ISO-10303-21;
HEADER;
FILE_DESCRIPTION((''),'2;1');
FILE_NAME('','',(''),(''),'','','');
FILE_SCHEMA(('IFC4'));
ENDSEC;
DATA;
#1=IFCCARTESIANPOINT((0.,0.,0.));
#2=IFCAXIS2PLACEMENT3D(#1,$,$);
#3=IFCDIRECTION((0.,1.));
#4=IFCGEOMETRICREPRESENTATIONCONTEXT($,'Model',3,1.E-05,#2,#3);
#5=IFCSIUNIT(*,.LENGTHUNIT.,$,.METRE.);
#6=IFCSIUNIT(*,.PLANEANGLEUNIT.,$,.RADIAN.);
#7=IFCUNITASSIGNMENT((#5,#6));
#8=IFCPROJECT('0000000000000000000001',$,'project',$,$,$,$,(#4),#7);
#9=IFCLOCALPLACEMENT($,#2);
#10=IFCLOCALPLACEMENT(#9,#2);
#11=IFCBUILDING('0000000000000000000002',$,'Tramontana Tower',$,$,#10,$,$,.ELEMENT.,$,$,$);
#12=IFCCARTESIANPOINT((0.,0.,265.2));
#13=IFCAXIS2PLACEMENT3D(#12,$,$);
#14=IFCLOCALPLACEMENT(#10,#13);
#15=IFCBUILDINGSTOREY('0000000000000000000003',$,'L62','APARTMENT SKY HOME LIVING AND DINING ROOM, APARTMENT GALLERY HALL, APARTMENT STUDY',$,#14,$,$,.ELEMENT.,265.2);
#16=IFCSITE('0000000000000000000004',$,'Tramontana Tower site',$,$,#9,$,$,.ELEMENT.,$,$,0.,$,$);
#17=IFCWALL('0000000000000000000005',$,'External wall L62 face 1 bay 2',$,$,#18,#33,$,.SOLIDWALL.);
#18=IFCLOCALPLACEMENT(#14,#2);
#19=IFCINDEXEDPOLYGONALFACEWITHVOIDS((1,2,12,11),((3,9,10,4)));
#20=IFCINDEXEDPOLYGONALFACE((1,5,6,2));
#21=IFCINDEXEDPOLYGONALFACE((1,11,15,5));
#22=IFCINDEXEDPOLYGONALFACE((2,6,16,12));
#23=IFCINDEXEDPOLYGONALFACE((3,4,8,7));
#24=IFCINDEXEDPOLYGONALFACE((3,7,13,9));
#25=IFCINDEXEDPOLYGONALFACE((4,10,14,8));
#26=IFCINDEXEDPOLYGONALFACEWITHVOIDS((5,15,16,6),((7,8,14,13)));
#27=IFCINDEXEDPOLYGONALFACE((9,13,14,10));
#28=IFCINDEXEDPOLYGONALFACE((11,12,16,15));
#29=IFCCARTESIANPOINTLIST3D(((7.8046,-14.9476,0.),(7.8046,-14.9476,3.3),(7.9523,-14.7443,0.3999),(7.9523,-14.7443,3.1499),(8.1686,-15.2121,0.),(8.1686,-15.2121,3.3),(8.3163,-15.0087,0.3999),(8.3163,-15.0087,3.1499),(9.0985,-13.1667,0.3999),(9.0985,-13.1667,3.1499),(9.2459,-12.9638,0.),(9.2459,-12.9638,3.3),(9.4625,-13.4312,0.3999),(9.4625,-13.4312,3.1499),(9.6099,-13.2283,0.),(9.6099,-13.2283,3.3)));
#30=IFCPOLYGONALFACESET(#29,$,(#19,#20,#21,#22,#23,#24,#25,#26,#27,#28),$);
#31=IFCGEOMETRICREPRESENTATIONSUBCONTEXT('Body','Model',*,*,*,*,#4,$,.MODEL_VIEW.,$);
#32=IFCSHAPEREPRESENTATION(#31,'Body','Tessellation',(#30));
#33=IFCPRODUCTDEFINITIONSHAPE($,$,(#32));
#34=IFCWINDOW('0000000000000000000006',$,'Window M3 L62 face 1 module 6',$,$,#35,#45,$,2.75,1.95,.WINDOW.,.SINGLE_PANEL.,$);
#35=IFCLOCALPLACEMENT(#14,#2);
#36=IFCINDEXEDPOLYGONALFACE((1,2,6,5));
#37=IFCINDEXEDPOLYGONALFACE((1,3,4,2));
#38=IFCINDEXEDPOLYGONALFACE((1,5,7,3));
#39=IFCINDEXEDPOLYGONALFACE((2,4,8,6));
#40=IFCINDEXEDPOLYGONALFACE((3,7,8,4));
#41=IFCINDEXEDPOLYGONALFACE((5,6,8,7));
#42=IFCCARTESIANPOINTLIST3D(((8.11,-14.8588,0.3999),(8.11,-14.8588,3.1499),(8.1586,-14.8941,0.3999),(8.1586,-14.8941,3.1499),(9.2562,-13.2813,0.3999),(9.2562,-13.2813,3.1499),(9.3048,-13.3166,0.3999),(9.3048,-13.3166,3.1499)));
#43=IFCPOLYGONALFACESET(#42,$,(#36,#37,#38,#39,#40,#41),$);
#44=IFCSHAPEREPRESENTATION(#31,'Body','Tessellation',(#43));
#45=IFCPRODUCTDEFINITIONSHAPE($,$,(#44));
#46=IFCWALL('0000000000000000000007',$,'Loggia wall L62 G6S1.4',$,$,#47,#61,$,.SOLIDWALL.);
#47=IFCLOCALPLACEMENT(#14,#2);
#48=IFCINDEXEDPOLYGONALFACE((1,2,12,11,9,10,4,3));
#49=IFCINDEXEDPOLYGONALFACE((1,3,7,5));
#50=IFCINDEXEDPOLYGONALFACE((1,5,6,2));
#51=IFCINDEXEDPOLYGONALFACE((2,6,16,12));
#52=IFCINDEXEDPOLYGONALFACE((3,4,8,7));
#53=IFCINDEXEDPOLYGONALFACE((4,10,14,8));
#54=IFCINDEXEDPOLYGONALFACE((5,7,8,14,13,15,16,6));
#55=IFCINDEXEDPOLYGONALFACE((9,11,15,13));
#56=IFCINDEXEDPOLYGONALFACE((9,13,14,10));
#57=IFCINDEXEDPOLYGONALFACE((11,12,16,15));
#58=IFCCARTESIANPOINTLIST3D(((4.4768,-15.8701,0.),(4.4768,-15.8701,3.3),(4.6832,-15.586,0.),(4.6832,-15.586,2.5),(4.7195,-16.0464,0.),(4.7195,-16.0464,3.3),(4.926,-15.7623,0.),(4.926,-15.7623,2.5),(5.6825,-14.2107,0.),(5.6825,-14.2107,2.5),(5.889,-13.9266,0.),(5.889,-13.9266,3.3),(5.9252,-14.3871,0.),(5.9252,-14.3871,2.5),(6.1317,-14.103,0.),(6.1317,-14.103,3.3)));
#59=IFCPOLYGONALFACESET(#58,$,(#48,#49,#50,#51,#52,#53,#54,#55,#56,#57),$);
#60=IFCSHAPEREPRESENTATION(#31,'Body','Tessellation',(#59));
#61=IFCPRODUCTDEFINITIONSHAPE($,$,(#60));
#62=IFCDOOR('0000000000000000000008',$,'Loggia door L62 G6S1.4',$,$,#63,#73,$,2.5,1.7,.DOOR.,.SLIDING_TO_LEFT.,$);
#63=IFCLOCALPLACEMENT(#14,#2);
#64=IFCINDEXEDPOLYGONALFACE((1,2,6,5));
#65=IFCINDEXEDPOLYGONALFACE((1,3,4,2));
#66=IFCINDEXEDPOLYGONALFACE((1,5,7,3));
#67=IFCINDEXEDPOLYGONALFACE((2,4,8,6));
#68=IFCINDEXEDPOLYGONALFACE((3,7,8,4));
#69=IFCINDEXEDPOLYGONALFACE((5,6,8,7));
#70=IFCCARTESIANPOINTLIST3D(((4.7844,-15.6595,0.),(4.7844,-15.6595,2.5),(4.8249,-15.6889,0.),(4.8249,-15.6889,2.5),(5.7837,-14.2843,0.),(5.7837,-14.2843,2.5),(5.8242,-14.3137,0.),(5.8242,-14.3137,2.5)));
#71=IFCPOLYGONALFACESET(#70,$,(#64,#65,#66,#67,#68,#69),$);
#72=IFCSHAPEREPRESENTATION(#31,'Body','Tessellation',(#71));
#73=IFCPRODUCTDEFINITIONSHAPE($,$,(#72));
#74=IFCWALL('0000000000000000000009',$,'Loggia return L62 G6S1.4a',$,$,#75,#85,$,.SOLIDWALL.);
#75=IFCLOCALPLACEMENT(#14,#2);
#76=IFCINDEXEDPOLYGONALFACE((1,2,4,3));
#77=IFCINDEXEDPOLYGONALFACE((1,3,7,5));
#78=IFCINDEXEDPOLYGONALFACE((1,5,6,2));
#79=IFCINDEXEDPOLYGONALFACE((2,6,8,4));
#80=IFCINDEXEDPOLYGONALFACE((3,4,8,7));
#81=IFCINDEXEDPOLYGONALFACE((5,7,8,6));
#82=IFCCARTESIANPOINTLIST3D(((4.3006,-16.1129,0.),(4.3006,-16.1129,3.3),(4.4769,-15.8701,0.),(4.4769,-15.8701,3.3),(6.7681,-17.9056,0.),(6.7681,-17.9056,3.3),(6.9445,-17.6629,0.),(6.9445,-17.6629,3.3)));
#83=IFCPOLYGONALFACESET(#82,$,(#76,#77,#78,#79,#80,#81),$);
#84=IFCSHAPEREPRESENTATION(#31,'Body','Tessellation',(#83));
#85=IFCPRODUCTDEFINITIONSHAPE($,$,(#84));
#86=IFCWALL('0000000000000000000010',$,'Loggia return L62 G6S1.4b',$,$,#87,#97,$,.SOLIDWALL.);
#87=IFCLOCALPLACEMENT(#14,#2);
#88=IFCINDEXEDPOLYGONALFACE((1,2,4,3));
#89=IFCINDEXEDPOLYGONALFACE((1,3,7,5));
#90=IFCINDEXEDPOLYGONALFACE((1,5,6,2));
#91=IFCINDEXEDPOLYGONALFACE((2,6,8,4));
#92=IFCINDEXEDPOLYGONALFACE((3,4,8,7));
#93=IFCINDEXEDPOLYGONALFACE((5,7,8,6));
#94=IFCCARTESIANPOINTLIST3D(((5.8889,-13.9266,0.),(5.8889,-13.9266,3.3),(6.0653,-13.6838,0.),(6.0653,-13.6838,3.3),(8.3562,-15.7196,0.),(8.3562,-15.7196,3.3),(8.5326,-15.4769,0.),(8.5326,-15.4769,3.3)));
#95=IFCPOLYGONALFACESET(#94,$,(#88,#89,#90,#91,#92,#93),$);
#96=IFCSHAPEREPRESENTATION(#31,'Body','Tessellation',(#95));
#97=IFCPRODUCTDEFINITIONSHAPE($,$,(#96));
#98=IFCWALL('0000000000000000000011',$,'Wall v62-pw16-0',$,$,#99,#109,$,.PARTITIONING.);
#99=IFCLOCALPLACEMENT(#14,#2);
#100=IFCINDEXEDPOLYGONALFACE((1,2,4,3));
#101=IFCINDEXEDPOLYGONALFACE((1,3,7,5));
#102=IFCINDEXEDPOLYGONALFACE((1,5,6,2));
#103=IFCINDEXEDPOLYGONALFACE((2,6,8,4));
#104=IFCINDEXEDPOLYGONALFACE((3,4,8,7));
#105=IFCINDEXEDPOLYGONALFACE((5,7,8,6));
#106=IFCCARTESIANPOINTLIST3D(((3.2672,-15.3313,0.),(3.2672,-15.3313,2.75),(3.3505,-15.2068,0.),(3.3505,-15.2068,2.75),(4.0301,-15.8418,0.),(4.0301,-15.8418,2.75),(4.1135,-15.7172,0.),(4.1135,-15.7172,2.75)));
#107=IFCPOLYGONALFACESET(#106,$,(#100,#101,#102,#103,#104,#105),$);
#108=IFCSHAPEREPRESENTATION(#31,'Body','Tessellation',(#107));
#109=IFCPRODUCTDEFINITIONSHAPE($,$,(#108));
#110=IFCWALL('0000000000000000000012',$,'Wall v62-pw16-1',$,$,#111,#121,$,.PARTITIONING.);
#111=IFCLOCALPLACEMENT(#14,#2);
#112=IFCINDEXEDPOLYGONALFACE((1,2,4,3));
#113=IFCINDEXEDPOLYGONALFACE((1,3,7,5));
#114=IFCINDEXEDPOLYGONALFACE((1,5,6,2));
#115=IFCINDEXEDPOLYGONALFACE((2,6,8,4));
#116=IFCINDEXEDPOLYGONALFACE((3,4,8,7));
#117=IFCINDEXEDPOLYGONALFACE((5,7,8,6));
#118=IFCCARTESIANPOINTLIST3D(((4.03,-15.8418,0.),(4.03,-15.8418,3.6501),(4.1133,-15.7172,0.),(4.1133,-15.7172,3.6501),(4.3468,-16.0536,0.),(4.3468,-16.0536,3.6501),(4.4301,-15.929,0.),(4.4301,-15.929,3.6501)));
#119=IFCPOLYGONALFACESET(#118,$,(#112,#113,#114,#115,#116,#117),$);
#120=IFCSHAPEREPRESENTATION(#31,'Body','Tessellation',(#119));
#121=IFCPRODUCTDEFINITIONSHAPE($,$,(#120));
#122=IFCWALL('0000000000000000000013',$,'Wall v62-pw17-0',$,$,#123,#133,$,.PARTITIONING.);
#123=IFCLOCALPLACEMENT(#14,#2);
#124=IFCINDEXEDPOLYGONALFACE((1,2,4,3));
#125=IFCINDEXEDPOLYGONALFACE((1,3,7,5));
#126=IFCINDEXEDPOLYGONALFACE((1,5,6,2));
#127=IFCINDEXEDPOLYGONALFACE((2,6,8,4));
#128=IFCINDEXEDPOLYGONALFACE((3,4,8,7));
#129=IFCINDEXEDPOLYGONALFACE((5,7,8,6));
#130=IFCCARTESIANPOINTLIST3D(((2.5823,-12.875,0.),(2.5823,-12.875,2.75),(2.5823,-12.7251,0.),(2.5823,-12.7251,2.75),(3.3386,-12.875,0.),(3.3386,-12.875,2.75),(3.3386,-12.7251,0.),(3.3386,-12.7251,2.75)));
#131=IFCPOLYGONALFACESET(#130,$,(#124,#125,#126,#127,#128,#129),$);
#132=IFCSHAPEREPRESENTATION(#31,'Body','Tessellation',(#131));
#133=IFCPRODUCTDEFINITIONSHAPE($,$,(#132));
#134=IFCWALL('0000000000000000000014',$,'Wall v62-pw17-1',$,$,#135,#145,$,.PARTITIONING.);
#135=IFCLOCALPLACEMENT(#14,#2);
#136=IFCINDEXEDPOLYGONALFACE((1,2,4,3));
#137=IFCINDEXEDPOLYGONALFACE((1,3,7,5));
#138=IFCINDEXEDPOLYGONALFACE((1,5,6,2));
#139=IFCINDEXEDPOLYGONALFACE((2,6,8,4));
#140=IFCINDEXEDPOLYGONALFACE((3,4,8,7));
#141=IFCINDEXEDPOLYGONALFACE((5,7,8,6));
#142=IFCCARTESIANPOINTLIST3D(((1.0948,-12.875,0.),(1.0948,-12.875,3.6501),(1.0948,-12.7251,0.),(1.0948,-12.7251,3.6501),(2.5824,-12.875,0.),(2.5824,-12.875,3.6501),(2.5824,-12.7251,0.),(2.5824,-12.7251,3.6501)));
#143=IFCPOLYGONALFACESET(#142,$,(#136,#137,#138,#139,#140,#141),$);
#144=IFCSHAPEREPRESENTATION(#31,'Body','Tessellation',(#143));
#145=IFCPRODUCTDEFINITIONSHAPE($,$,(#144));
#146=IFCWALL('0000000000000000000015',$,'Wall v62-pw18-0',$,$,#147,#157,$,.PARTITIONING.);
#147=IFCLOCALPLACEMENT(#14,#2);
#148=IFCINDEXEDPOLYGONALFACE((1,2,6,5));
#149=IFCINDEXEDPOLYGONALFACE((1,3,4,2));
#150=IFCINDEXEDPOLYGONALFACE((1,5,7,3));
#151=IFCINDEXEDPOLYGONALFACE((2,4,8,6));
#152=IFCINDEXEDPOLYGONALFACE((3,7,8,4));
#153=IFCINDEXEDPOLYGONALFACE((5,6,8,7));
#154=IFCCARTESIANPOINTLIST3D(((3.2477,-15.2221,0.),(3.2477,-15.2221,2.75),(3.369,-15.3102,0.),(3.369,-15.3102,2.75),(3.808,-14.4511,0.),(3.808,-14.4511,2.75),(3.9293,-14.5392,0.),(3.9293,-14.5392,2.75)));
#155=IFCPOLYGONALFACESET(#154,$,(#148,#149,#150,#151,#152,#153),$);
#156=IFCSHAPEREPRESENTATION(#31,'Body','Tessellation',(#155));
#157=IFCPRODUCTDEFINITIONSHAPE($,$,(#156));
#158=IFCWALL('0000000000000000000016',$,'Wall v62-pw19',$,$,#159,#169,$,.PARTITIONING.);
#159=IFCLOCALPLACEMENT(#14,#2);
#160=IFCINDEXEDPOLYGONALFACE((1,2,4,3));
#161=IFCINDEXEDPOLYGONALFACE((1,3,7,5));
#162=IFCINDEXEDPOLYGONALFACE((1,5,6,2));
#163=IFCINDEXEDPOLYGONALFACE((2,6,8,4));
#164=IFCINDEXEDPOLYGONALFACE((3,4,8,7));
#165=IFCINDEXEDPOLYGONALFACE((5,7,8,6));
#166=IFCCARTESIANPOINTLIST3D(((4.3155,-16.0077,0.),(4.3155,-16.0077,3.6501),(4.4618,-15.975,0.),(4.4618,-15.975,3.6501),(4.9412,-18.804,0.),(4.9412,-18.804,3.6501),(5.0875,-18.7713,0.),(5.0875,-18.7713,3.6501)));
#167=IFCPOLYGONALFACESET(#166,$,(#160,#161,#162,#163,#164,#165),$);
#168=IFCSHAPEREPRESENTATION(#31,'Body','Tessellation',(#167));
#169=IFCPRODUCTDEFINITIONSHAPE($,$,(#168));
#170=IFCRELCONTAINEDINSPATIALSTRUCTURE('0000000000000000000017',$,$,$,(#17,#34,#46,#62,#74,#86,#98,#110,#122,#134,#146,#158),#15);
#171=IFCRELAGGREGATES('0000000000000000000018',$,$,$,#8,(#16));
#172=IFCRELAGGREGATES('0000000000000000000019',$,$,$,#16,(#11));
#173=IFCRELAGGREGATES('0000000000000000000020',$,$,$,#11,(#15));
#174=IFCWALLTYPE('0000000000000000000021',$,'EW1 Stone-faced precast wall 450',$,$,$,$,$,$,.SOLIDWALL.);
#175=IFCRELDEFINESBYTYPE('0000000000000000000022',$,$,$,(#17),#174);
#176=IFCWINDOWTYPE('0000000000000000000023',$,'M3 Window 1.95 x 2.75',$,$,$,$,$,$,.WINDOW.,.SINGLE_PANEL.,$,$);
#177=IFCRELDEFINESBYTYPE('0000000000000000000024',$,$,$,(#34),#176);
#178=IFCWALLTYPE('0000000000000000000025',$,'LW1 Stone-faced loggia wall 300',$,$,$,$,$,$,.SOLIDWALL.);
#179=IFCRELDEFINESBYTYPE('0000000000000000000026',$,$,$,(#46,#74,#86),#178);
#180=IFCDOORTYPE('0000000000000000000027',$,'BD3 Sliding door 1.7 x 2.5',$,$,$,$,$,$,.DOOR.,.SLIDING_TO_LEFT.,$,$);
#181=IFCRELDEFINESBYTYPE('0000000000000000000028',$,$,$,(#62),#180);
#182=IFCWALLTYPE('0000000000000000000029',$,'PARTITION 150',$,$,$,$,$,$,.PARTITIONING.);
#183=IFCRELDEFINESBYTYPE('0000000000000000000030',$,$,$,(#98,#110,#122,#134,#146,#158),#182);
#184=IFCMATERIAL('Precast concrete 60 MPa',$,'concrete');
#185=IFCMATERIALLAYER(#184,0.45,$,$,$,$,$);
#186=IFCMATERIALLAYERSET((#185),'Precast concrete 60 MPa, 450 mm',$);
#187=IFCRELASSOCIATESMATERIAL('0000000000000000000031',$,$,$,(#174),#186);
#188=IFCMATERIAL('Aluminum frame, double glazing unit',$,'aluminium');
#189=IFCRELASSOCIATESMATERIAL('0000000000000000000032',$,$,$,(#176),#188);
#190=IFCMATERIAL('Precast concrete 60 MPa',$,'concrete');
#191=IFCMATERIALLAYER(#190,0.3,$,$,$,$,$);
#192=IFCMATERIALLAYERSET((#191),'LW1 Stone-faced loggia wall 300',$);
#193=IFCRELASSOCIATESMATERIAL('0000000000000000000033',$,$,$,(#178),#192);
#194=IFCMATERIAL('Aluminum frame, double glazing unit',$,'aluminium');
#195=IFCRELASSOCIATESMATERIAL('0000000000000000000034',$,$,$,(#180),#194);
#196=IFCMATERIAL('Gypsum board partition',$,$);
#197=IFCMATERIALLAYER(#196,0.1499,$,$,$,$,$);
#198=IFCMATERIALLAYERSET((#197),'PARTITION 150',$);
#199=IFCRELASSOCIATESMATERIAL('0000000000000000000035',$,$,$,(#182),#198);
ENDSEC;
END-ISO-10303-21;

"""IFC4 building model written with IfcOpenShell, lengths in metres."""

from ifc_helpers import new_model, si_unit, direction, frame, frame_2d, origin, place, context, subcontext, project, spatial, rectangle, extrude, material, layer, layer_set, type_object, element, fill, save


model = new_model("IFC4")

# Units and contexts
model_context = context("Model", 3, precision=1e-05, world=origin(), true_north=direction((0.0, 1.0)))
body_context = subcontext(model_context, "Body", "Model", "MODEL_VIEW")
ifc_project = project(units=[si_unit("LENGTHUNIT", "METRE"), si_unit("PLANEANGLEUNIT", "RADIAN")], contexts=[model_context])

# Site, building, storey
site_placement = place(None, origin())
site = spatial("IfcSite", under=ifc_project, at=site_placement, Name="Tramontana Tower site", CompositionType="ELEMENT", RefElevation=0.0)
building_placement = place(site_placement, origin())
building = spatial("IfcBuilding", under=site, at=building_placement, Name="Tramontana Tower", CompositionType="ELEMENT")
storey_placement = place(building_placement, frame((0.0, 0.0, 265.2)))
storey = spatial("IfcBuildingStorey", under=building, at=storey_placement, Name="L62", Description="APARTMENT SKY HOME LIVING AND DINING ROOM, APARTMENT GALLERY HALL, APARTMENT STUDY", CompositionType="ELEMENT", Elevation=265.2)

# Shared definitions
ifc_material_1 = material(Name="Precast concrete 60 MPa", Category="concrete")
ifc_layer_1 = layer(ifc_material_1, 0.45)
ifc_layer_set_1 = layer_set([ifc_layer_1], Name="Precast concrete 60 MPa, 450 mm")
wall_type_1 = type_object("IfcWallType", Name="EW1 Stone-faced precast wall 450", PredefinedType="SOLIDWALL", material=ifc_layer_set_1)
ifc_material_2 = material(Name="Aluminum frame, double glazing unit", Category="aluminium")
window_type_1 = type_object("IfcWindowType", Name="M3 Window 1.95 x 2.75", PartitioningType="SINGLE_PANEL", PredefinedType="WINDOW", material=ifc_material_2)

# Wall, opening, window
wall_1_placement = place(storey_placement, frame((7.9866, -15.0798, 0.0), z_axis=(0.0, 0.0, 1.0), x_axis=(0.587793, 0.809012, 0.0)))
wall_1 = element("IfcWall", 1, at=wall_1_placement, inside=storey, type_object=wall_type_1, Name="External wall L62 face 1 bay 2", PredefinedType="SOLIDWALL", context=body_context, shape_type="SweptSolid", body=[
    extrude(rectangle(XDim=2.4521, YDim=0.45, at=frame_2d((1.2261, 0.0))), origin(), (0.0, 0.0, 1.0), 3.3),
])
opening_1_placement = place(wall_1_placement, frame((0.2512, 0.0, 0.3999)))
opening_1 = element("IfcOpeningElement", 2, at=opening_1_placement, cuts=wall_1, PredefinedType="OPENING", context=body_context, shape_type="SweptSolid", body=[
    extrude(rectangle(XDim=1.95, YDim=2.75, at=frame_2d((0.9751, 1.375))), frame((0.0, 0.2349, 0.0), z_axis=(0.0, -1.0, 0.0), x_axis=(1.0, 0.0, 0.0)), (0.0, 0.0, 1.0), 0.47),
])
window_1_placement = place(opening_1_placement, origin())
window_1 = element("IfcWindow", 3, at=window_1_placement, inside=storey, type_object=window_type_1, Name="Window M3 L62 face 1 module 6", OverallHeight=2.75, OverallWidth=1.95, PartitioningType="SINGLE_PANEL", PredefinedType="WINDOW", context=body_context, shape_type="SweptSolid", body=[
    extrude(rectangle(XDim=1.95, YDim=2.75, at=frame_2d((0.9751, 1.375))), frame((0.0, 0.03, 0.0), z_axis=(0.0, -1.0, 0.0), x_axis=(1.0, 0.0, 0.0)), (0.0, 0.0, 1.0), 0.0601),
])
fill(opening_1, window_1)

# Wall, opening, door
ifc_material_3 = material(Name="Precast concrete 60 MPa", Category="concrete")
ifc_layer_2 = layer(ifc_material_3, 0.3)
ifc_layer_set_2 = layer_set([ifc_layer_2], Name="LW1 Stone-faced loggia wall 300")
wall_type_2 = type_object("IfcWallType", Name="LW1 Stone-faced loggia wall 300", PredefinedType="SOLIDWALL", material=ifc_layer_set_2)
wall_2_placement = place(storey_placement, frame((4.5981, -15.9583, 0.0), z_axis=(0.0, 0.0, 1.0), x_axis=(0.587833, 0.808982, 0.0)))
wall_2 = element("IfcWall", 4, at=wall_2_placement, inside=storey, type_object=wall_type_2, Name="Loggia wall L62 G6S1.4", PredefinedType="SOLIDWALL", context=body_context, shape_type="SweptSolid", body=[
    extrude(rectangle(XDim=2.4023, YDim=0.3, at=frame_2d((1.2012, 0.0))), origin(), (0.0, 0.0, 1.0), 3.3),
])
opening_2_placement = place(wall_2_placement, frame((0.3511, 0.0, 0.0)))
opening_2 = element("IfcOpeningElement", 5, at=opening_2_placement, cuts=wall_2, PredefinedType="OPENING", context=body_context, shape_type="SweptSolid", body=[
    extrude(rectangle(XDim=1.7, YDim=2.5, at=frame_2d((0.8501, 1.25))), frame((0.0, 0.1599, 0.0), z_axis=(0.0, -1.0, 0.0), x_axis=(1.0, 0.0, 0.0)), (0.0, 0.0, 1.0), 0.3201),
])
ifc_material_4 = material(Name="Aluminum frame, double glazing unit", Category="aluminium")
door_type_1 = type_object("IfcDoorType", Name="BD3 Sliding door 1.7 x 2.5", OperationType="SLIDING_TO_LEFT", PredefinedType="DOOR", material=ifc_material_4)
door_1_placement = place(opening_2_placement, origin())
door_1 = element("IfcDoor", 6, at=door_1_placement, inside=storey, type_object=door_type_1, Name="Loggia door L62 G6S1.4", OperationType="SLIDING_TO_LEFT", OverallHeight=2.5, OverallWidth=1.7, PredefinedType="DOOR", context=body_context, shape_type="SweptSolid", body=[
    extrude(rectangle(XDim=1.7, YDim=2.5, at=frame_2d((0.8501, 1.25))), frame((0.0, 0.0249, 0.0), z_axis=(0.0, -1.0, 0.0), x_axis=(1.0, 0.0, 0.0)), (0.0, 0.0, 1.0), 0.05),
])
fill(opening_2, door_1)

# Walls
for number, where, z_axis, x_axis, name in (
    (7, (6.8562, -17.7842, 0.0), (0.0, 0.0, 1.0), (-0.809023, 0.587777, 0.0), "Loggia return L62 G6S1.4a"),
    (8, (8.4443, -15.5981, 0.0), (0.0, 0.0, 1.0), (-0.808958, 0.587867, 0.0), "Loggia return L62 G6S1.4b"),
):
    element("IfcWall", number, at=place(storey_placement, frame(where, z_axis=z_axis, x_axis=x_axis)), inside=storey, type_object=wall_type_2, Name=name, PredefinedType="SOLIDWALL", context=body_context, shape_type="SweptSolid", body=[
        extrude(rectangle(XDim=3.05, YDim=0.3, at=frame_2d((1.5249, 0.0))), origin(), (0.0, 0.0, 1.0), 3.3),
    ])
ifc_material_5 = material(Name="Gypsum board partition")
ifc_layer_3 = layer(ifc_material_5, 0.1499)
ifc_layer_set_3 = layer_set([ifc_layer_3], Name="PARTITION 150")
wall_type_3 = type_object("IfcWallType", Name="PARTITION 150", PredefinedType="PARTITIONING", material=ifc_layer_set_3)
wall_3_placement = place(storey_placement, frame((3.3088, -15.269, 0.0), z_axis=(0.0, 0.0, 1.0), x_axis=(0.831108, -0.556111, 0.0)))
element("IfcWall", 9, at=wall_3_placement, inside=storey, type_object=wall_type_3, Name="Wall v62-pw16-0", PredefinedType="PARTITIONING", context=body_context, shape_type="SweptSolid", body=[
    extrude(rectangle(XDim=0.918, YDim=0.1499, at=frame_2d((0.459, 0.0))), origin(), (0.0, 0.0, 1.0), 2.75),
])
wall_4_placement = place(storey_placement, frame((4.0718, -15.7795, 0.0), z_axis=(0.0, 0.0, 1.0), x_axis=(0.831261, -0.555882, 0.0)))
element("IfcWall", 10, at=wall_4_placement, inside=storey, type_object=wall_type_3, Name="Wall v62-pw16-1", PredefinedType="PARTITIONING", context=body_context, shape_type="SweptSolid", body=[
    extrude(rectangle(XDim=0.3811, YDim=0.1499, at=frame_2d((0.1904, 0.0))), origin(), (0.0, 0.0, 1.0), 3.6501),
])
wall_5_placement = place(storey_placement, frame((3.3386, -12.8, 0.0), z_axis=(0.0, 0.0, 1.0), x_axis=(-1.0, 0.0, 0.0)))
element("IfcWall", 11, at=wall_5_placement, inside=storey, type_object=wall_type_3, Name="Wall v62-pw17-0", PredefinedType="PARTITIONING", context=body_context, shape_type="SweptSolid", body=[
    extrude(rectangle(XDim=0.7563, YDim=0.1499, at=frame_2d((0.3782, 0.0))), origin(), (0.0, 0.0, 1.0), 2.75),
])
wall_6_placement = place(storey_placement, frame((2.5823, -12.8, 0.0), z_axis=(0.0, 0.0, 1.0), x_axis=(-1.0, 0.0, 0.0)))
element("IfcWall", 12, at=wall_6_placement, inside=storey, type_object=wall_type_3, Name="Wall v62-pw17-1", PredefinedType="PARTITIONING", context=body_context, shape_type="SweptSolid", body=[
    extrude(rectangle(XDim=1.4875, YDim=0.1499, at=frame_2d((0.7437, 0.0))), origin(), (0.0, 0.0, 1.0), 3.6501),
])

# Walls
wall_7_placement = place(storey_placement, frame((3.8687, -14.4951, 0.0), z_axis=(0.0, 0.0, 1.0), x_axis=(-0.587882, -0.808946, 0.0)))
element("IfcWall", 13, at=wall_7_placement, inside=storey, type_object=wall_type_3, Name="Wall v62-pw18-0", PredefinedType="PARTITIONING", context=body_context, shape_type="SweptSolid", body=[
    extrude(rectangle(XDim=0.9531, YDim=0.1499, at=frame_2d((0.4766, 0.0))), origin(), (0.0, 0.0, 1.0), 2.75),
])
wall_8_placement = place(storey_placement, frame((4.3887, -15.9915, 0.0), z_axis=(0.0, 0.0, 1.0), x_axis=(0.218365, -0.975867, 0.0)))
element("IfcWall", 14, at=wall_8_placement, inside=storey, type_object=wall_type_3, Name="Wall v62-pw19", PredefinedType="PARTITIONING", context=body_context, shape_type="SweptSolid", body=[
    extrude(rectangle(XDim=2.8655, YDim=0.1499, at=frame_2d((1.4326, 0.0))), origin(), (0.0, 0.0, 1.0), 3.6501),
])

save(model, "model.ifc")
